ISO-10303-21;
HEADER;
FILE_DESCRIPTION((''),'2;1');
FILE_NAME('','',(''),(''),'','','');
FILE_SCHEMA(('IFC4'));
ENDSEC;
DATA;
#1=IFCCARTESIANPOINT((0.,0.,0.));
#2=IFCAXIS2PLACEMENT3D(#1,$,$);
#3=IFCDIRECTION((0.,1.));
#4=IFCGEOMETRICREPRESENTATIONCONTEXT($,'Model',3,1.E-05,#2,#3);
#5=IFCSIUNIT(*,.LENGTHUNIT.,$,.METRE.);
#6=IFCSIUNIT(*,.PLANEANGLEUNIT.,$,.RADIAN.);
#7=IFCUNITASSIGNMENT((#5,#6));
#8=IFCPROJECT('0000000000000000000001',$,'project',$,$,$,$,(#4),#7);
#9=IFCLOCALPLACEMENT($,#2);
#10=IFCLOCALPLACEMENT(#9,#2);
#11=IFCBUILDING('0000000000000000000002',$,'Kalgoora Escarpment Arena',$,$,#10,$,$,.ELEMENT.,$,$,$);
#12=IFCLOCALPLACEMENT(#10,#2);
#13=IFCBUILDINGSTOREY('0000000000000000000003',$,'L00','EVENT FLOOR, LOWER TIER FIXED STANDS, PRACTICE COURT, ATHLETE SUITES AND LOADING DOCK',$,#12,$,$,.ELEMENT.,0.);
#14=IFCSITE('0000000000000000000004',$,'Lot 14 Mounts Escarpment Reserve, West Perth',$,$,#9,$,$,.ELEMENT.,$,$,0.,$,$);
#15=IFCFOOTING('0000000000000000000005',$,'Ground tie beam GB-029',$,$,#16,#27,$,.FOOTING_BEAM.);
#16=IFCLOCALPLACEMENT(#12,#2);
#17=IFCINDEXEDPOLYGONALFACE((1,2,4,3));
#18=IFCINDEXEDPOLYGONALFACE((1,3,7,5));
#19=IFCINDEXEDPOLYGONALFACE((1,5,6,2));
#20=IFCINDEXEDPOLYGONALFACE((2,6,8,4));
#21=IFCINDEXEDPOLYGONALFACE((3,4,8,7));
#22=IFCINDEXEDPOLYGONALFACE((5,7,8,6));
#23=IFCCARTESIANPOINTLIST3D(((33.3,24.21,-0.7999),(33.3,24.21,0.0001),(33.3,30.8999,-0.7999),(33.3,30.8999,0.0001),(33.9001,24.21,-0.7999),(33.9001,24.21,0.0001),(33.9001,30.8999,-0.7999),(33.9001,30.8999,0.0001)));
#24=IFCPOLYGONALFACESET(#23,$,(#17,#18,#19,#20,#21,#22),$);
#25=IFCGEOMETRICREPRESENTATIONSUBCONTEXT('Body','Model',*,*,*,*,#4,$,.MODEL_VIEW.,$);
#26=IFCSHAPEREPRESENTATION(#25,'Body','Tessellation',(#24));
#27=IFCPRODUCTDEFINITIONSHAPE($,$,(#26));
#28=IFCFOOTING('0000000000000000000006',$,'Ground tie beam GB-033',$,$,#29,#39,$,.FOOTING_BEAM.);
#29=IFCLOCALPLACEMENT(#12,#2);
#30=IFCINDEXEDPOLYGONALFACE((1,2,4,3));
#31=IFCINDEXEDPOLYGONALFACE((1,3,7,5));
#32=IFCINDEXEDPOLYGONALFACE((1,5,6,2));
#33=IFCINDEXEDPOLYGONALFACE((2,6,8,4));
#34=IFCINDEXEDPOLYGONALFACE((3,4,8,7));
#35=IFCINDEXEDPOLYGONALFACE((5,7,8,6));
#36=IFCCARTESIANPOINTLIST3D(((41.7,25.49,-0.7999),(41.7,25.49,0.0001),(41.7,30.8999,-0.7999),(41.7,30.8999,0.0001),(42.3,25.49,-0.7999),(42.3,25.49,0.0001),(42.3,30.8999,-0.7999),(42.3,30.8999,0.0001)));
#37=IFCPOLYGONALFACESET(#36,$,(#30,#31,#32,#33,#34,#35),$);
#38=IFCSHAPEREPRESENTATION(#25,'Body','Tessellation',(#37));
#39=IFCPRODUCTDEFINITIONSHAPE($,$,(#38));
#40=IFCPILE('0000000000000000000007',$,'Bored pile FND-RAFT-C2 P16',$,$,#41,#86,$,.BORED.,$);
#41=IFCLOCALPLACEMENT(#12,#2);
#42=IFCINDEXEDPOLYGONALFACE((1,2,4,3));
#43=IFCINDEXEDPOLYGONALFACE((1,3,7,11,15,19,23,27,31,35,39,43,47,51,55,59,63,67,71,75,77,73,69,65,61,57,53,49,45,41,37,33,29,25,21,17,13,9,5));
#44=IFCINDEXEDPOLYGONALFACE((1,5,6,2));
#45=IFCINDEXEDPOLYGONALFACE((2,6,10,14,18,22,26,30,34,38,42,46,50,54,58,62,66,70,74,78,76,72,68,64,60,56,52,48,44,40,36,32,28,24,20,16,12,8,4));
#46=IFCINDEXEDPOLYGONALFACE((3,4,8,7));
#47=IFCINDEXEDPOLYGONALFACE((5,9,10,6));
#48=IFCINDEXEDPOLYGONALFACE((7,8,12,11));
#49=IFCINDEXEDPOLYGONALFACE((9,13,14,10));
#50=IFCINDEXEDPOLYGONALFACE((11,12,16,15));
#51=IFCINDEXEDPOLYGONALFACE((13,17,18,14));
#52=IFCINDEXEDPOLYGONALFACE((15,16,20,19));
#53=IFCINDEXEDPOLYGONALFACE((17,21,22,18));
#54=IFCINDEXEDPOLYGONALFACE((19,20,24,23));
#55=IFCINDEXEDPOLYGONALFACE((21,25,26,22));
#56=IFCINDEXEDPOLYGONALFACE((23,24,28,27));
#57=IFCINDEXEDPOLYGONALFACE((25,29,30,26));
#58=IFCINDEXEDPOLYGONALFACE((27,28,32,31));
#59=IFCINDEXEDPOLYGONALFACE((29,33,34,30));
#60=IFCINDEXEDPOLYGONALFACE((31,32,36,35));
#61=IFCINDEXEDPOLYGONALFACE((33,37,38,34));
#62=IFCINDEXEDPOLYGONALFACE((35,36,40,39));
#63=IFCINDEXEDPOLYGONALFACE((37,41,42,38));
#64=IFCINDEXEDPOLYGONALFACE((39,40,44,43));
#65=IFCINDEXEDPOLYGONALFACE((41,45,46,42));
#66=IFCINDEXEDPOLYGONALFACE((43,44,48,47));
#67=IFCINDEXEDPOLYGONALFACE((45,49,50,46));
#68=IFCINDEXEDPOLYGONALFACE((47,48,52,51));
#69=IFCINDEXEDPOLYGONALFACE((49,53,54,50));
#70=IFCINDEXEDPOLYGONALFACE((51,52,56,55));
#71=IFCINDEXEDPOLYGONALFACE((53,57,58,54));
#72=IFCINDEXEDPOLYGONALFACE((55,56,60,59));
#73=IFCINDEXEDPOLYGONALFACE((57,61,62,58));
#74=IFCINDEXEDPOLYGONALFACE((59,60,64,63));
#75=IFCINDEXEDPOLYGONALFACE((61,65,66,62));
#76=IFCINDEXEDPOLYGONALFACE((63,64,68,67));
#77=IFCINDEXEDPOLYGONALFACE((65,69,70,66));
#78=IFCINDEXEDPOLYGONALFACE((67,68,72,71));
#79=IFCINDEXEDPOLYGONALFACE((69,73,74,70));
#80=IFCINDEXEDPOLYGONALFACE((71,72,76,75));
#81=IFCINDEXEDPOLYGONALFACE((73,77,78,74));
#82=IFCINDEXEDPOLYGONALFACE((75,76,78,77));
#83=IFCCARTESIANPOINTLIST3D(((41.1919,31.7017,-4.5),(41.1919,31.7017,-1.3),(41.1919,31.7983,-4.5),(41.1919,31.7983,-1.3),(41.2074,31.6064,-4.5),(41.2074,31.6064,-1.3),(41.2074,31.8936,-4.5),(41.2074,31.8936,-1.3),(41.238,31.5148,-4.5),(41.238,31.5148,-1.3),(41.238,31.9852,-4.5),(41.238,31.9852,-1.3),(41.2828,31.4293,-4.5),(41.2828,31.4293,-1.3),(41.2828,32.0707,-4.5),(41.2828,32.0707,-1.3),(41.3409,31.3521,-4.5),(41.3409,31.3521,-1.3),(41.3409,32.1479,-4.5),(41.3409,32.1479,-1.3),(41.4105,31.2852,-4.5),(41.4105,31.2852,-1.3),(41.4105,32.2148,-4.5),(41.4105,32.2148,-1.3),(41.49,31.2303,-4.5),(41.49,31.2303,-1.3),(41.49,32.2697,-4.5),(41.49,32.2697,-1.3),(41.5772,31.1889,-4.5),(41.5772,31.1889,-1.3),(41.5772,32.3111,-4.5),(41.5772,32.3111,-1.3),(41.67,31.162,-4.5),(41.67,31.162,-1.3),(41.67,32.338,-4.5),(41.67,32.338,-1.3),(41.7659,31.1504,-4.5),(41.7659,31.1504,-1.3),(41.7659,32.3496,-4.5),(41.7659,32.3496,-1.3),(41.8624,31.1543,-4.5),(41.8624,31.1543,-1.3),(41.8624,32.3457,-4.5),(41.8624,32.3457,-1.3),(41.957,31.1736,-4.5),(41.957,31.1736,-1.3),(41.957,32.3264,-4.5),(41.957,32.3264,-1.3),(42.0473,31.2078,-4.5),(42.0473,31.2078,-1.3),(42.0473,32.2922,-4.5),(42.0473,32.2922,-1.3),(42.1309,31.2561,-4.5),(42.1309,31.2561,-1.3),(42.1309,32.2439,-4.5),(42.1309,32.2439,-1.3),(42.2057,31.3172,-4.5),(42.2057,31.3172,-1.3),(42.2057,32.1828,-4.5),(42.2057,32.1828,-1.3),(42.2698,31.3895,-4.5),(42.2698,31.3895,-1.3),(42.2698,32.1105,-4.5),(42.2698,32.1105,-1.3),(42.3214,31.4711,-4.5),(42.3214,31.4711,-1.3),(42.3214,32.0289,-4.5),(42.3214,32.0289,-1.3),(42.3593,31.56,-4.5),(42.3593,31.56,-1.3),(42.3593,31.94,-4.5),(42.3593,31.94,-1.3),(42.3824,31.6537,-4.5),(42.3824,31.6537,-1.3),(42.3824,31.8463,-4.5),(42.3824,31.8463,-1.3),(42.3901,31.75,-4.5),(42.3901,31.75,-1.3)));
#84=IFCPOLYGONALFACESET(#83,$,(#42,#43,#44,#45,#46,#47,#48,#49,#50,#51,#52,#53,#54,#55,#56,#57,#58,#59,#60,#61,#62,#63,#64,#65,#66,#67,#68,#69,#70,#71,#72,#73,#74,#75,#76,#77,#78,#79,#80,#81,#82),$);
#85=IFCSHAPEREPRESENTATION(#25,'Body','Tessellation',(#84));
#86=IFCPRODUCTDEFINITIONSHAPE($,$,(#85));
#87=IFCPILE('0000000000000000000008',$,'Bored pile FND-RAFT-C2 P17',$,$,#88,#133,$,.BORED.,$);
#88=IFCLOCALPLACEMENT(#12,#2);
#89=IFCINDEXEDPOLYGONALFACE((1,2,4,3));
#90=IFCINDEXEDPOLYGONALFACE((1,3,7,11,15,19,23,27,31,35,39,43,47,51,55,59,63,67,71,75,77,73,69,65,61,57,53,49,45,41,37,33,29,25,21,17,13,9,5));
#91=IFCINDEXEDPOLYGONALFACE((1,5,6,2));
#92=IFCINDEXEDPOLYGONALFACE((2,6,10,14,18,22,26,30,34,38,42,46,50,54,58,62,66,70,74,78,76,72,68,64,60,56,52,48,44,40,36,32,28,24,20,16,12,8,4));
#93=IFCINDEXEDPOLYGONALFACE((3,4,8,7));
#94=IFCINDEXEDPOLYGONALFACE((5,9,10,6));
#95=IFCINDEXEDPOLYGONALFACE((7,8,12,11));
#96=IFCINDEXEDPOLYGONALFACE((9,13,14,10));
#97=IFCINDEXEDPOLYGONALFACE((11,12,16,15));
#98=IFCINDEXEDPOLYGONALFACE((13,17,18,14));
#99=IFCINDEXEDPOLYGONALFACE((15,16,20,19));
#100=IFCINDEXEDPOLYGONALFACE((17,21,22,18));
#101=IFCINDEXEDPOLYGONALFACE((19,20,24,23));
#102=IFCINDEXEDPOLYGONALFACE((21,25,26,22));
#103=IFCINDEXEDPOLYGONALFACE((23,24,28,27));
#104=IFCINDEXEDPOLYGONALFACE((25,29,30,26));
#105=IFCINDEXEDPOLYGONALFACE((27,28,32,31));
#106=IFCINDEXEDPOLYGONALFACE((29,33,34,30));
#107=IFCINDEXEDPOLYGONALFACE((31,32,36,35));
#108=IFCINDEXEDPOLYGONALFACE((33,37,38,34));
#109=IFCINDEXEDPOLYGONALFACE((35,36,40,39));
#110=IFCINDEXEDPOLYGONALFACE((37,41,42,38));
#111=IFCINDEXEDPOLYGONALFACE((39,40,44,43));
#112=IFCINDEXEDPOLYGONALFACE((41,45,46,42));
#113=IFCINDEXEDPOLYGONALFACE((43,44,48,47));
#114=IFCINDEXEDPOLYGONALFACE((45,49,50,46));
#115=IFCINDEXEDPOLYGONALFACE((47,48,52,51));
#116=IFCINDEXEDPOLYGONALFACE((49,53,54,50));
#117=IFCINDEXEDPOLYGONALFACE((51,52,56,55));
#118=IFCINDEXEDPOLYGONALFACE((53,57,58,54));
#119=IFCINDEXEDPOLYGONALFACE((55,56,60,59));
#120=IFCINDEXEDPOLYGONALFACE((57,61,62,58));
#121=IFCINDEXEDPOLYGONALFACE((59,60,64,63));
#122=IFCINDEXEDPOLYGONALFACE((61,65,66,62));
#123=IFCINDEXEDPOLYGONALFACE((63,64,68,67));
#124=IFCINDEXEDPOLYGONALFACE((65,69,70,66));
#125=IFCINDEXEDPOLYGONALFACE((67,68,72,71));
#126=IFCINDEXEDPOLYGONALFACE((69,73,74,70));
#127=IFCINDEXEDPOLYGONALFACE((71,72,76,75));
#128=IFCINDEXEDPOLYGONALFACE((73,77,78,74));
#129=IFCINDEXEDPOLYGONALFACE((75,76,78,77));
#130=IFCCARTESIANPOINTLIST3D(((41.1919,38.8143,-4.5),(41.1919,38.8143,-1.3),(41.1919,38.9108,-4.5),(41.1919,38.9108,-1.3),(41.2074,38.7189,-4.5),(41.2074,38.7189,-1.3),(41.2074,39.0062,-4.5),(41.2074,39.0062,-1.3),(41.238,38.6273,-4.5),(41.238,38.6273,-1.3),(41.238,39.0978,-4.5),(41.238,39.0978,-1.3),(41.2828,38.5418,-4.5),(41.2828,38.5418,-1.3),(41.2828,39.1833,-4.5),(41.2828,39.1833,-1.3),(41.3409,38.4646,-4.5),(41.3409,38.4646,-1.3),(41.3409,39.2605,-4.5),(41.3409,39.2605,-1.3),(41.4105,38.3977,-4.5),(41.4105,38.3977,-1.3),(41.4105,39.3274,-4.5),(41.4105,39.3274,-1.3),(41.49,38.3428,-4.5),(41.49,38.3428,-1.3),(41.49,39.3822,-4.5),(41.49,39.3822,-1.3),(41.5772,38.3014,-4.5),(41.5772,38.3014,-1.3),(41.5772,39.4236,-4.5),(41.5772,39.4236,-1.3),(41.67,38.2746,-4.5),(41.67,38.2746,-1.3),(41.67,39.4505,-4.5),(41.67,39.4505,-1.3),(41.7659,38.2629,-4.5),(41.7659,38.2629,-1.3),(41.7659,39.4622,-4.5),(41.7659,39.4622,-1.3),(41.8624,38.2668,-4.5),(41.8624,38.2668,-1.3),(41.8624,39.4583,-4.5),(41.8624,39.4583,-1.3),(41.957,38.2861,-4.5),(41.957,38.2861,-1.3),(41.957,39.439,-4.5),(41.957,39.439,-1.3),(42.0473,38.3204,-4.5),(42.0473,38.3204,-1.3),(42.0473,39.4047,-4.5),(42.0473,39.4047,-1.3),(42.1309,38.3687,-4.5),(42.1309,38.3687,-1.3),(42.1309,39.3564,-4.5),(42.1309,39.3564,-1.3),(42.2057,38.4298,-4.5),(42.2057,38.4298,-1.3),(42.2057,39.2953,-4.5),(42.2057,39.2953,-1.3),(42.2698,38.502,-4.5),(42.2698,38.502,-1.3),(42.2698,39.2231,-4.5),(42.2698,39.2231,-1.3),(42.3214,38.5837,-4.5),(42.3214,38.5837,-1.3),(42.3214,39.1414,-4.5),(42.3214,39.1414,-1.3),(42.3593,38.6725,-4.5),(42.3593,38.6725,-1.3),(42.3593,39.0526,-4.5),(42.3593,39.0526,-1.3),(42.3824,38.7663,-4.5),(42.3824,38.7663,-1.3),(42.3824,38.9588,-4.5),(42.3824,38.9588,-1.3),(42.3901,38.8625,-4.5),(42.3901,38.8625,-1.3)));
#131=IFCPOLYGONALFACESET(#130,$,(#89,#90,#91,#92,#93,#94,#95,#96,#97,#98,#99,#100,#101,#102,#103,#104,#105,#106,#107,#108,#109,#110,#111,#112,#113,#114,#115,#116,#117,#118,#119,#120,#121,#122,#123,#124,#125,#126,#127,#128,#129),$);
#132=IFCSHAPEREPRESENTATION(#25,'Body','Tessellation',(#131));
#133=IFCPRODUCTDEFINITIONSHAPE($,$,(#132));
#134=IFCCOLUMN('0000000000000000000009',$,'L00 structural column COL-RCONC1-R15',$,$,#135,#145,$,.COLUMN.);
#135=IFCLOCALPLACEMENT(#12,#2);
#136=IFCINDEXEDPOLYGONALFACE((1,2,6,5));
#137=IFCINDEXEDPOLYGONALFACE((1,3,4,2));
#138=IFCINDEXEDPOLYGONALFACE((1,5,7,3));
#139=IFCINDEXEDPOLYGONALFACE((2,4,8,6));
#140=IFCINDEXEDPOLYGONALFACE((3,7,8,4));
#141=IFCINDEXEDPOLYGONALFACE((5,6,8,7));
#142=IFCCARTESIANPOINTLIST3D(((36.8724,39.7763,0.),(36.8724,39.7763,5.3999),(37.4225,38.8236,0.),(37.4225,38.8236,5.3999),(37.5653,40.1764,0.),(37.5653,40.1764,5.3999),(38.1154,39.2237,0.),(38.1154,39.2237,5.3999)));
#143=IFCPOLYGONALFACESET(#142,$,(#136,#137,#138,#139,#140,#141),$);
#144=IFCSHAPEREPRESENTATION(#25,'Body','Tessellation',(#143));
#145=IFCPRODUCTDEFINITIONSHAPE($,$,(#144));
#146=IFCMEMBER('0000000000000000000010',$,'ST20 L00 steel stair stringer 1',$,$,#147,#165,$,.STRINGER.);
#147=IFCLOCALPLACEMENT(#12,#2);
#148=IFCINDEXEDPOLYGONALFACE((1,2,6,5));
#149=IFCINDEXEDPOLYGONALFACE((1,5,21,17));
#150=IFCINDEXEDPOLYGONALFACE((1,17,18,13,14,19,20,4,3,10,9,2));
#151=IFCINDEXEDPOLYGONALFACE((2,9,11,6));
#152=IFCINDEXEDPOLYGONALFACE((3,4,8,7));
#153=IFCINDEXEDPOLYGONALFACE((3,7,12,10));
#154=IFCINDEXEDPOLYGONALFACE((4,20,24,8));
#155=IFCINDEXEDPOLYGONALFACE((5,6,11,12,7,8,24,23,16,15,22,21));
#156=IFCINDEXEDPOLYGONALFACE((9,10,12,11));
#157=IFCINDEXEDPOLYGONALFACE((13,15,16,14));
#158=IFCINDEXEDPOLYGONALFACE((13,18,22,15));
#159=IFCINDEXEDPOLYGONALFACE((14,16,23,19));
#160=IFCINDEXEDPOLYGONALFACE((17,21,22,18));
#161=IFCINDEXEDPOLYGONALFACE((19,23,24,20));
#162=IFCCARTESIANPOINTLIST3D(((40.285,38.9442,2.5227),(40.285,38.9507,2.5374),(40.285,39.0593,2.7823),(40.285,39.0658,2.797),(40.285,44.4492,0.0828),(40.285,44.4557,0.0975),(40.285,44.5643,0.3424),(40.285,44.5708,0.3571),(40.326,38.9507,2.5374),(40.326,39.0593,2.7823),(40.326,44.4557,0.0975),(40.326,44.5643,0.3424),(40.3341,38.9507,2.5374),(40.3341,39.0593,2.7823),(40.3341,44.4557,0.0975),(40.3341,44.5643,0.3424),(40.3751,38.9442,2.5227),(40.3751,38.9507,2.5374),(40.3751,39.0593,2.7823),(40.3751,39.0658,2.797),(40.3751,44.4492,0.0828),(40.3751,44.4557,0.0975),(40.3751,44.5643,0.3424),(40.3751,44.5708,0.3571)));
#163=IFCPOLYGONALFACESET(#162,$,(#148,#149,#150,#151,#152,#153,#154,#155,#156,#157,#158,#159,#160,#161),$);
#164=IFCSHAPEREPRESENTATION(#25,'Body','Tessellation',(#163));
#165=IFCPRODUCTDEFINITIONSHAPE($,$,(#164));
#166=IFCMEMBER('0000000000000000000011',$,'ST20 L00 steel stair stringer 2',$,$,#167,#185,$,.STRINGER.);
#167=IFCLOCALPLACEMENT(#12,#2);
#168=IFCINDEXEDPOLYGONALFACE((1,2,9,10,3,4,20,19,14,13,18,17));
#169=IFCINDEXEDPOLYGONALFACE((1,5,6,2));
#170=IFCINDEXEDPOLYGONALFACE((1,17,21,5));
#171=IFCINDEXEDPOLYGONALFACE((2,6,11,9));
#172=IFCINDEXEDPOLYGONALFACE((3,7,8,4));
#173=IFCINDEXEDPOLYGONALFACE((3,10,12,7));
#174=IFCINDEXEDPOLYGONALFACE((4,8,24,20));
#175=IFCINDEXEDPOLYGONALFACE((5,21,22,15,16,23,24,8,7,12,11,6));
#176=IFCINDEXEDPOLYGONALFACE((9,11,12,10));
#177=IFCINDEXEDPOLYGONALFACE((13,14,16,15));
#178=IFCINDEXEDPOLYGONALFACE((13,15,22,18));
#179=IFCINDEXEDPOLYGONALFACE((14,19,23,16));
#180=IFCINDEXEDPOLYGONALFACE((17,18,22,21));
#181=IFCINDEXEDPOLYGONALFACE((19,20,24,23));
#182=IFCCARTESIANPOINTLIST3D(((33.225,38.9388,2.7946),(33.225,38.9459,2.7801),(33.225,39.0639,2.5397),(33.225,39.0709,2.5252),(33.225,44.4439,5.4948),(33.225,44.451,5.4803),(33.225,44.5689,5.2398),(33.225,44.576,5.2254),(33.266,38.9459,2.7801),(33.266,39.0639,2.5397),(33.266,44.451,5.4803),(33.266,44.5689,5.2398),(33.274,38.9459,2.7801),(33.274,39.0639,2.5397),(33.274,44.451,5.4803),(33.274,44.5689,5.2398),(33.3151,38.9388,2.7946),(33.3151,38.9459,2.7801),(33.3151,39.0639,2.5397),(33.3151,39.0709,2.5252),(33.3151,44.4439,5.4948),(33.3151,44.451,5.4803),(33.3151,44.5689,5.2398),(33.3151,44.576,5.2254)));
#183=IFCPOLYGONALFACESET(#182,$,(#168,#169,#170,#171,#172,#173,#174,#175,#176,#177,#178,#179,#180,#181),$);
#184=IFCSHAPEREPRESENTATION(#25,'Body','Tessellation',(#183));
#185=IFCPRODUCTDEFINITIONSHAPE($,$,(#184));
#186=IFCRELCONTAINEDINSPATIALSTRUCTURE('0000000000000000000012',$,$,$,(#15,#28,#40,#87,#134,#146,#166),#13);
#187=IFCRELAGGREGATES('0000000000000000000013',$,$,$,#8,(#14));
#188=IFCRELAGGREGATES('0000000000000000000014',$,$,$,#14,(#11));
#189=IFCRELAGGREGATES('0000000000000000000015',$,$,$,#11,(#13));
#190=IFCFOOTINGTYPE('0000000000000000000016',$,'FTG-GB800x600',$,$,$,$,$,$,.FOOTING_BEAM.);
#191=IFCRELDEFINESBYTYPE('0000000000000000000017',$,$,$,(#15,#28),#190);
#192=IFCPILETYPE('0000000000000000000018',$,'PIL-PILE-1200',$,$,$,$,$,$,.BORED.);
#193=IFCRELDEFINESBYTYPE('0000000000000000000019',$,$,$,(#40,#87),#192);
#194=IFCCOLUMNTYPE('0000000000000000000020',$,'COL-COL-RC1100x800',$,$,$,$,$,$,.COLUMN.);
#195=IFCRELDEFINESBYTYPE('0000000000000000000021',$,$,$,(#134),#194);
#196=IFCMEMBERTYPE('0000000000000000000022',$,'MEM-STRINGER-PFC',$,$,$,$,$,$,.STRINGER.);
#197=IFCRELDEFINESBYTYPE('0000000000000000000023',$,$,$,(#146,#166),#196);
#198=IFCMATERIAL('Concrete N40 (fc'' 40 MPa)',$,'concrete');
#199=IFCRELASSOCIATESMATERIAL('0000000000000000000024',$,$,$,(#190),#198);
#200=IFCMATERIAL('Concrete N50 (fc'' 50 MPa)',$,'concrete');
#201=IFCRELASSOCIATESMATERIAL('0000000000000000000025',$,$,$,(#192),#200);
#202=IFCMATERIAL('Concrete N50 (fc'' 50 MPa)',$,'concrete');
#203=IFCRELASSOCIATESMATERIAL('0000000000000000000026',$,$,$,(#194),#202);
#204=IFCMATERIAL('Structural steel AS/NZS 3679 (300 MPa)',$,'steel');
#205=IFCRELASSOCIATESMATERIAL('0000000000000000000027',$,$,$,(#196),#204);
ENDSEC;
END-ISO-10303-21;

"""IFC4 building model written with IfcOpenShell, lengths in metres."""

from ifc_helpers import new_model, si_unit, direction, frame, origin, origin_2d, place, context, subcontext, project, spatial, rectangle, circle, i_section, extrude, material, material_profile, profile_set, type_object, element, save


model = new_model("IFC4")

# Units and contexts
model_context = context("Model", 3, precision=1e-05, world=origin(), true_north=direction((0.0, 1.0)))
body_context = subcontext(model_context, "Body", "Model", "MODEL_VIEW")
ifc_project = project(units=[si_unit("LENGTHUNIT", "METRE"), si_unit("PLANEANGLEUNIT", "RADIAN")], contexts=[model_context])

# Site, building, storey
site_placement = place(None, origin())
site = spatial("IfcSite", under=ifc_project, at=site_placement, Name="Lot 14 Mounts Escarpment Reserve, West Perth", CompositionType="ELEMENT", RefElevation=0.0)
building_placement = place(site_placement, origin())
building = spatial("IfcBuilding", under=site, at=building_placement, Name="Kalgoora Escarpment Arena", CompositionType="ELEMENT")
storey_placement = place(building_placement, origin())
storey = spatial("IfcBuildingStorey", under=building, at=storey_placement, Name="L00", Description="EVENT FLOOR, LOWER TIER FIXED STANDS, PRACTICE COURT, ATHLETE SUITES AND LOADING DOCK", CompositionType="ELEMENT", Elevation=0.0)

# Footings
ifc_material_1 = material(Name="Concrete N40 (fc' 40 MPa)", Category="concrete")
ifc_material_profile_1 = material_profile(ifc_material_1, rectangle(XDim=0.6001, YDim=0.8, at=origin_2d()))
ifc_profile_set_1 = profile_set([ifc_material_profile_1], Name="Concrete N40 (fc' 40 MPa)")
footing_type = type_object("IfcFootingType", Name="FTG-GB800x600", PredefinedType="FOOTING_BEAM", material=ifc_profile_set_1)
footing_1_placement = place(storey_placement, frame((33.6001, 24.21, -0.3999), z_axis=(0.0, 1.0, 0.0), x_axis=(-1.0, 0.0, 0.0)))
element("IfcFooting", 1, at=footing_1_placement, inside=storey, type_object=footing_type, Name="Ground tie beam GB-029", PredefinedType="FOOTING_BEAM", context=body_context, shape_type="SweptSolid", body=[
    extrude(rectangle(XDim=0.6001, YDim=0.8, at=origin_2d()), origin(), (0.0, 0.0, 1.0), 6.6899),
])
footing_2_placement = place(storey_placement, frame((42.0, 25.49, -0.3999), z_axis=(0.0, 1.0, 0.0), x_axis=(-1.0, 0.0, 0.0)))
element("IfcFooting", 2, at=footing_2_placement, inside=storey, type_object=footing_type, Name="Ground tie beam GB-033", PredefinedType="FOOTING_BEAM", context=body_context, shape_type="SweptSolid", body=[
    extrude(rectangle(XDim=0.6001, YDim=0.8, at=origin_2d()), origin(), (0.0, 0.0, 1.0), 5.4099),
])

# Piles
ifc_material_2 = material(Name="Concrete N50 (fc' 50 MPa)", Category="concrete")
ifc_material_profile_2 = material_profile(ifc_material_2, circle(Radius=0.6001, at=origin_2d()))
ifc_profile_set_2 = profile_set([ifc_material_profile_2], Name="Concrete N50 (fc' 50 MPa)")
pile_type = type_object("IfcPileType", Name="PIL-PILE-1200", PredefinedType="BORED", material=ifc_profile_set_2)
for number, where, z_axis, x_axis, name in (
    (3, (41.79, 31.75, -1.3), (0.0, 0.0, -1.0), (1.0, 0.0, 0.0), "Bored pile FND-RAFT-C2 P16"),
    (4, (41.79, 38.8625, -1.3), (0.0, 0.0, -1.0), (1.0, 0.0, 0.0), "Bored pile FND-RAFT-C2 P17"),
):
    element("IfcPile", number, at=place(storey_placement, frame(where, z_axis=z_axis, x_axis=x_axis)), inside=storey, type_object=pile_type, Name=name, PredefinedType="BORED", context=body_context, shape_type="SweptSolid", body=[
        extrude(circle(Radius=0.6001, at=origin_2d()), origin(), (0.0, 0.0, 1.0), 3.2),
    ])

# Column
ifc_material_3 = material(Name="Concrete N50 (fc' 50 MPa)", Category="concrete")
ifc_material_profile_3 = material_profile(ifc_material_3, rectangle(XDim=0.8, YDim=1.1001, at=origin_2d()))
ifc_profile_set_3 = profile_set([ifc_material_profile_3], Name="Concrete N50 (fc' 50 MPa)")
column_type = type_object("IfcColumnType", Name="COL-COL-RC1100x800", PredefinedType="COLUMN", material=ifc_profile_set_3)
column_placement = place(storey_placement, frame((37.4939, 39.5, 0.0), z_axis=(0.0, 0.0, 1.0), x_axis=(-0.866025, -0.5, 0.0)))
element("IfcColumn", 5, at=column_placement, inside=storey, type_object=column_type, Name="L00 structural column COL-RCONC1-R15", PredefinedType="COLUMN", context=body_context, shape_type="SweptSolid", body=[
    extrude(rectangle(XDim=0.8, YDim=1.1001, at=origin_2d()), origin(), (0.0, 0.0, 1.0), 5.3999),
])

# Members
ifc_material_4 = material(Name="Structural steel AS/NZS 3679 (300 MPa)", Category="steel")
ifc_material_profile_4 = material_profile(ifc_material_4, i_section(OverallWidth=0.0901, OverallDepth=0.3, WebThickness=0.0081, FlangeThickness=0.0161, at=origin_2d()))
ifc_profile_set_4 = profile_set([ifc_material_profile_4], Name="Structural steel AS/NZS 3679 (300 MPa)")
member_type = type_object("IfcMemberType", Name="MEM-STRINGER-PFC", PredefinedType="STRINGER", material=ifc_profile_set_4)
member_1_placement = place(storey_placement, frame((40.3301, 44.51, 0.22), z_axis=(0.0, -0.914229, 0.405198), x_axis=(1.0, 0.0, 0.0)))
element("IfcMember", 6, at=member_1_placement, inside=storey, type_object=member_type, Name="ST20 L00 steel stair stringer 1", PredefinedType="STRINGER", context=body_context, shape_type="SweptSolid", body=[
    extrude(i_section(OverallWidth=0.0901, OverallDepth=0.3, WebThickness=0.0081, FlangeThickness=0.0161, at=origin_2d()), origin(), (0.0, 0.0, 1.0), 6.0215),
])
member_2_placement = place(storey_placement, frame((33.27, 39.0049, 2.6599), z_axis=(0.0, 0.897817, 0.440368), x_axis=(-1.0, 0.0, 0.0)))
element("IfcMember", 7, at=member_2_placement, inside=storey, type_object=member_type, Name="ST20 L00 steel stair stringer 2", PredefinedType="STRINGER", context=body_context, shape_type="SweptSolid", body=[
    extrude(i_section(OverallWidth=0.0901, OverallDepth=0.3, WebThickness=0.0081, FlangeThickness=0.0161, at=origin_2d()), origin(), (0.0, 0.0, 1.0), 6.1316),
])

save(model, "model.ifc")
